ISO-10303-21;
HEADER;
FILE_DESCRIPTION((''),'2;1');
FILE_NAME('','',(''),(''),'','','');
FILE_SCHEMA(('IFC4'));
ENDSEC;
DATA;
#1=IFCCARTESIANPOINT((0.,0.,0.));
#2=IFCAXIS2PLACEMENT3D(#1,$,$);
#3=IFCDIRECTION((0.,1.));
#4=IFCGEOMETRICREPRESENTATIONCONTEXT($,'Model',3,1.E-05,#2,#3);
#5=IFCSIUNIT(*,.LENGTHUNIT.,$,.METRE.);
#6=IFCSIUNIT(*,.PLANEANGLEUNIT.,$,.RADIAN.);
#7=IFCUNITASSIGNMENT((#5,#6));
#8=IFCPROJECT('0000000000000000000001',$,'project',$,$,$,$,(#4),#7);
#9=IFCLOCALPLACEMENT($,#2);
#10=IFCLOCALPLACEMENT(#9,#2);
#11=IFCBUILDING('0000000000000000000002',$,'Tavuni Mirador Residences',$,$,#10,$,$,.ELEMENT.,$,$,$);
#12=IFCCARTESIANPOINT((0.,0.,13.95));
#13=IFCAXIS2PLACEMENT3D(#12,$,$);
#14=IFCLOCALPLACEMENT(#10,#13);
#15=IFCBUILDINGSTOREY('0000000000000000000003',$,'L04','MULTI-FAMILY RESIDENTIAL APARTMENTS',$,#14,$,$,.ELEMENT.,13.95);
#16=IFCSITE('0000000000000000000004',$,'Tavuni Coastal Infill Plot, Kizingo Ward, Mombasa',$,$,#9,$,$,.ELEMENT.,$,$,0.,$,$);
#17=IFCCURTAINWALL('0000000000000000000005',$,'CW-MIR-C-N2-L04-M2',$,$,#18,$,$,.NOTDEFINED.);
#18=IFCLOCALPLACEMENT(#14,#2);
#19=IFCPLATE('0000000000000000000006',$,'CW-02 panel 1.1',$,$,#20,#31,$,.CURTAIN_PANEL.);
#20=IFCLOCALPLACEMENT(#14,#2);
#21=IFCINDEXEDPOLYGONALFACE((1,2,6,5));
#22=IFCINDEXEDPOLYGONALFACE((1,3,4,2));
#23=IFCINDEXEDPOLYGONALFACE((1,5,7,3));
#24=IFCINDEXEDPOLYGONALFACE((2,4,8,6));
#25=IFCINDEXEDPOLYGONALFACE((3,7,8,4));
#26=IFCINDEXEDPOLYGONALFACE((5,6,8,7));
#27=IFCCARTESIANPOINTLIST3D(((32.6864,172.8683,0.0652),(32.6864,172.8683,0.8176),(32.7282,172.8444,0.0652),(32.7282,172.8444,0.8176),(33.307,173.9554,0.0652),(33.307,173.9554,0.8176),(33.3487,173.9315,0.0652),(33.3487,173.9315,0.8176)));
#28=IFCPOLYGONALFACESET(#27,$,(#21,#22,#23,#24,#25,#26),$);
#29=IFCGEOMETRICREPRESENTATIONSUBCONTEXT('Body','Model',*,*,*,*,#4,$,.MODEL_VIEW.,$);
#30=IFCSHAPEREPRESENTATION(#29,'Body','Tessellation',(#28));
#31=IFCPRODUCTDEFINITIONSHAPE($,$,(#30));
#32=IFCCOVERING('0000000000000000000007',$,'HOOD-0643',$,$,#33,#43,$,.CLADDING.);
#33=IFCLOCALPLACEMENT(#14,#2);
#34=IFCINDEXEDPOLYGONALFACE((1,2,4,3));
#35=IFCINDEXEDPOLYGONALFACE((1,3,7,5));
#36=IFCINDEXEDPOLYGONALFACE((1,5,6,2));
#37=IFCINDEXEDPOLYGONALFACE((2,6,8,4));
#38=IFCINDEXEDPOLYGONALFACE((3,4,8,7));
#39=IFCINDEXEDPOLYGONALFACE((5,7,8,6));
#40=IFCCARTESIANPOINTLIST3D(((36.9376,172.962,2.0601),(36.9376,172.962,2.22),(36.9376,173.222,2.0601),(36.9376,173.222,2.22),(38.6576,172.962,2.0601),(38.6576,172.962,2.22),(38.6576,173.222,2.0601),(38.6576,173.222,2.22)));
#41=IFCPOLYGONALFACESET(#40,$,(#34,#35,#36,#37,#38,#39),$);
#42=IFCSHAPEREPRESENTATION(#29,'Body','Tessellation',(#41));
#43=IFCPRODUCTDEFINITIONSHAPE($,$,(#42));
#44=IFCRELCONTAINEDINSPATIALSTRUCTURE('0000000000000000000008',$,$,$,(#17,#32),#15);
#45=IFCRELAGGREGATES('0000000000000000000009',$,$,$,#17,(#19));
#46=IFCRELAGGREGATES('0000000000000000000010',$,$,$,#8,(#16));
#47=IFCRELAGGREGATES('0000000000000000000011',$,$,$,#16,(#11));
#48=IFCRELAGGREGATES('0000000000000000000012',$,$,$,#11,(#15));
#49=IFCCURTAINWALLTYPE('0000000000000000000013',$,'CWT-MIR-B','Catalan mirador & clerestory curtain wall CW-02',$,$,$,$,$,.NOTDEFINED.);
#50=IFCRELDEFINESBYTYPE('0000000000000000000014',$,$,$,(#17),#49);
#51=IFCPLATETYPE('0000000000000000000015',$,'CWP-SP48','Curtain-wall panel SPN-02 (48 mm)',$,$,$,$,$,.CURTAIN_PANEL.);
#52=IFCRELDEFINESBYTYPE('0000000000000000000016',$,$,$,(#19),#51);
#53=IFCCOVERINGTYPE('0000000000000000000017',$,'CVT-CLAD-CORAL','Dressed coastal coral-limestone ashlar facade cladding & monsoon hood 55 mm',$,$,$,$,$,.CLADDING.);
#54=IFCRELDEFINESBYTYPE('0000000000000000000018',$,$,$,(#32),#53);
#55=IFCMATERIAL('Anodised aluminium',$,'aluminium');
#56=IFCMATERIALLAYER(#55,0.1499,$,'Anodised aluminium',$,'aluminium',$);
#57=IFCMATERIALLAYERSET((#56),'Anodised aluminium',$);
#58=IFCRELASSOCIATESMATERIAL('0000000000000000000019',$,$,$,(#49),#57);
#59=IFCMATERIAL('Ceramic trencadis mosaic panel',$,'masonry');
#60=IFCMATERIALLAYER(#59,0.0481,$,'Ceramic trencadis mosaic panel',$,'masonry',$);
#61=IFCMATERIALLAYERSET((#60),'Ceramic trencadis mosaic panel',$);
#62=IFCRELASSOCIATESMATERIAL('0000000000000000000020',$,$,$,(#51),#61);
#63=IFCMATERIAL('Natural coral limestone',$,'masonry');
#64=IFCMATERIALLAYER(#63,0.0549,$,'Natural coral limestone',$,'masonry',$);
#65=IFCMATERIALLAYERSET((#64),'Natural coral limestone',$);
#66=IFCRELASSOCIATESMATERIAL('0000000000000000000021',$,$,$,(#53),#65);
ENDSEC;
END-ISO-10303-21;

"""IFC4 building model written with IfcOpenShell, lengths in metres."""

from ifc_helpers import new_model, si_unit, direction, frame, origin, origin_2d, place, context, subcontext, project, spatial, rectangle, extrude, material, layer, layer_set, type_object, element, aggregate, save


model = new_model("IFC4")

# Units and contexts
model_context = context("Model", 3, precision=1e-05, world=origin(), true_north=direction((0.0, 1.0)))
body_context = subcontext(model_context, "Body", "Model", "MODEL_VIEW")
ifc_project = project(units=[si_unit("LENGTHUNIT", "METRE"), si_unit("PLANEANGLEUNIT", "RADIAN")], contexts=[model_context])

# Site, building, storey
site_placement = place(None, origin())
site = spatial("IfcSite", under=ifc_project, at=site_placement, Name="Tavuni Coastal Infill Plot, Kizingo Ward, Mombasa", CompositionType="ELEMENT", RefElevation=0.0)
building_placement = place(site_placement, origin())
building = spatial("IfcBuilding", under=site, at=building_placement, Name="Tavuni Mirador Residences", CompositionType="ELEMENT")
storey_placement = place(building_placement, frame((0.0, 0.0, 13.95)))
storey = spatial("IfcBuildingStorey", under=building, at=storey_placement, Name="L04", Description="MULTI-FAMILY RESIDENTIAL APARTMENTS", CompositionType="ELEMENT", Elevation=13.95)

# Curtain wall
ifc_material_1 = material(Name="Anodised aluminium", Category="aluminium")
ifc_layer_1 = layer(ifc_material_1, 0.1499, Name="Anodised aluminium", Category="aluminium")
ifc_layer_set_1 = layer_set([ifc_layer_1], Name="Anodised aluminium")
curtain_wall_type_1 = type_object("IfcCurtainWallType", Name="CWT-MIR-B", Description="Catalan mirador & clerestory curtain wall CW-02", PredefinedType="NOTDEFINED", material=ifc_layer_set_1)
curtain_wall_1_placement = place(storey_placement, origin())
curtain_wall_1 = element("IfcCurtainWall", 1, at=curtain_wall_1_placement, inside=storey, type_object=curtain_wall_type_1, Name="CW-MIR-C-N2-L04-M2", PredefinedType="NOTDEFINED")

# Plate
ifc_material_2 = material(Name="Ceramic trencadis mosaic panel", Category="masonry")
ifc_layer_2 = layer(ifc_material_2, 0.0481, Name="Ceramic trencadis mosaic panel", Category="masonry")
ifc_layer_set_2 = layer_set([ifc_layer_2], Name="Ceramic trencadis mosaic panel")
plate_type_1 = type_object("IfcPlateType", Name="CWP-SP48", Description="Curtain-wall panel SPN-02 (48 mm)", PredefinedType="CURTAIN_PANEL", material=ifc_layer_set_2)
plate_1_placement = place(storey_placement, frame((33.0176, 173.3999, 0.0652), z_axis=(0.0, 0.0, 1.0), x_axis=(-0.495749, -0.868466, 0.0)))
plate_1 = element("IfcPlate", 2, at=plate_1_placement, type_object=plate_type_1, Name="CW-02 panel 1.1", PredefinedType="CURTAIN_PANEL", context=body_context, shape_type="SweptSolid", body=[
    extrude(rectangle(XDim=1.2517, YDim=0.0481, at=origin_2d()), origin(), (0.0, 0.0, 1.0), 0.7524),
])
aggregate(curtain_wall_1, [plate_1])

# Covering
ifc_material_3 = material(Name="Natural coral limestone", Category="masonry")
ifc_layer_3 = layer(ifc_material_3, 0.0549, Name="Natural coral limestone", Category="masonry")
ifc_layer_set_3 = layer_set([ifc_layer_3], Name="Natural coral limestone")
covering_type = type_object("IfcCoveringType", Name="CVT-CLAD-CORAL", Description="Dressed coastal coral-limestone ashlar facade cladding & monsoon hood 55 mm", PredefinedType="CLADDING", material=ifc_layer_set_3)
covering_placement = place(storey_placement, frame((37.7976, 173.092, 2.0601), z_axis=(0.0, 0.0, 1.0), x_axis=(-1.0, 0.0, 0.0)))
element("IfcCovering", 3, at=covering_placement, inside=storey, type_object=covering_type, Name="HOOD-0643", PredefinedType="CLADDING", context=body_context, shape_type="SweptSolid", body=[
    extrude(rectangle(XDim=1.72, YDim=0.26, at=origin_2d()), origin(), (0.0, 0.0, 1.0), 0.1599),
])

save(model, "model.ifc")
